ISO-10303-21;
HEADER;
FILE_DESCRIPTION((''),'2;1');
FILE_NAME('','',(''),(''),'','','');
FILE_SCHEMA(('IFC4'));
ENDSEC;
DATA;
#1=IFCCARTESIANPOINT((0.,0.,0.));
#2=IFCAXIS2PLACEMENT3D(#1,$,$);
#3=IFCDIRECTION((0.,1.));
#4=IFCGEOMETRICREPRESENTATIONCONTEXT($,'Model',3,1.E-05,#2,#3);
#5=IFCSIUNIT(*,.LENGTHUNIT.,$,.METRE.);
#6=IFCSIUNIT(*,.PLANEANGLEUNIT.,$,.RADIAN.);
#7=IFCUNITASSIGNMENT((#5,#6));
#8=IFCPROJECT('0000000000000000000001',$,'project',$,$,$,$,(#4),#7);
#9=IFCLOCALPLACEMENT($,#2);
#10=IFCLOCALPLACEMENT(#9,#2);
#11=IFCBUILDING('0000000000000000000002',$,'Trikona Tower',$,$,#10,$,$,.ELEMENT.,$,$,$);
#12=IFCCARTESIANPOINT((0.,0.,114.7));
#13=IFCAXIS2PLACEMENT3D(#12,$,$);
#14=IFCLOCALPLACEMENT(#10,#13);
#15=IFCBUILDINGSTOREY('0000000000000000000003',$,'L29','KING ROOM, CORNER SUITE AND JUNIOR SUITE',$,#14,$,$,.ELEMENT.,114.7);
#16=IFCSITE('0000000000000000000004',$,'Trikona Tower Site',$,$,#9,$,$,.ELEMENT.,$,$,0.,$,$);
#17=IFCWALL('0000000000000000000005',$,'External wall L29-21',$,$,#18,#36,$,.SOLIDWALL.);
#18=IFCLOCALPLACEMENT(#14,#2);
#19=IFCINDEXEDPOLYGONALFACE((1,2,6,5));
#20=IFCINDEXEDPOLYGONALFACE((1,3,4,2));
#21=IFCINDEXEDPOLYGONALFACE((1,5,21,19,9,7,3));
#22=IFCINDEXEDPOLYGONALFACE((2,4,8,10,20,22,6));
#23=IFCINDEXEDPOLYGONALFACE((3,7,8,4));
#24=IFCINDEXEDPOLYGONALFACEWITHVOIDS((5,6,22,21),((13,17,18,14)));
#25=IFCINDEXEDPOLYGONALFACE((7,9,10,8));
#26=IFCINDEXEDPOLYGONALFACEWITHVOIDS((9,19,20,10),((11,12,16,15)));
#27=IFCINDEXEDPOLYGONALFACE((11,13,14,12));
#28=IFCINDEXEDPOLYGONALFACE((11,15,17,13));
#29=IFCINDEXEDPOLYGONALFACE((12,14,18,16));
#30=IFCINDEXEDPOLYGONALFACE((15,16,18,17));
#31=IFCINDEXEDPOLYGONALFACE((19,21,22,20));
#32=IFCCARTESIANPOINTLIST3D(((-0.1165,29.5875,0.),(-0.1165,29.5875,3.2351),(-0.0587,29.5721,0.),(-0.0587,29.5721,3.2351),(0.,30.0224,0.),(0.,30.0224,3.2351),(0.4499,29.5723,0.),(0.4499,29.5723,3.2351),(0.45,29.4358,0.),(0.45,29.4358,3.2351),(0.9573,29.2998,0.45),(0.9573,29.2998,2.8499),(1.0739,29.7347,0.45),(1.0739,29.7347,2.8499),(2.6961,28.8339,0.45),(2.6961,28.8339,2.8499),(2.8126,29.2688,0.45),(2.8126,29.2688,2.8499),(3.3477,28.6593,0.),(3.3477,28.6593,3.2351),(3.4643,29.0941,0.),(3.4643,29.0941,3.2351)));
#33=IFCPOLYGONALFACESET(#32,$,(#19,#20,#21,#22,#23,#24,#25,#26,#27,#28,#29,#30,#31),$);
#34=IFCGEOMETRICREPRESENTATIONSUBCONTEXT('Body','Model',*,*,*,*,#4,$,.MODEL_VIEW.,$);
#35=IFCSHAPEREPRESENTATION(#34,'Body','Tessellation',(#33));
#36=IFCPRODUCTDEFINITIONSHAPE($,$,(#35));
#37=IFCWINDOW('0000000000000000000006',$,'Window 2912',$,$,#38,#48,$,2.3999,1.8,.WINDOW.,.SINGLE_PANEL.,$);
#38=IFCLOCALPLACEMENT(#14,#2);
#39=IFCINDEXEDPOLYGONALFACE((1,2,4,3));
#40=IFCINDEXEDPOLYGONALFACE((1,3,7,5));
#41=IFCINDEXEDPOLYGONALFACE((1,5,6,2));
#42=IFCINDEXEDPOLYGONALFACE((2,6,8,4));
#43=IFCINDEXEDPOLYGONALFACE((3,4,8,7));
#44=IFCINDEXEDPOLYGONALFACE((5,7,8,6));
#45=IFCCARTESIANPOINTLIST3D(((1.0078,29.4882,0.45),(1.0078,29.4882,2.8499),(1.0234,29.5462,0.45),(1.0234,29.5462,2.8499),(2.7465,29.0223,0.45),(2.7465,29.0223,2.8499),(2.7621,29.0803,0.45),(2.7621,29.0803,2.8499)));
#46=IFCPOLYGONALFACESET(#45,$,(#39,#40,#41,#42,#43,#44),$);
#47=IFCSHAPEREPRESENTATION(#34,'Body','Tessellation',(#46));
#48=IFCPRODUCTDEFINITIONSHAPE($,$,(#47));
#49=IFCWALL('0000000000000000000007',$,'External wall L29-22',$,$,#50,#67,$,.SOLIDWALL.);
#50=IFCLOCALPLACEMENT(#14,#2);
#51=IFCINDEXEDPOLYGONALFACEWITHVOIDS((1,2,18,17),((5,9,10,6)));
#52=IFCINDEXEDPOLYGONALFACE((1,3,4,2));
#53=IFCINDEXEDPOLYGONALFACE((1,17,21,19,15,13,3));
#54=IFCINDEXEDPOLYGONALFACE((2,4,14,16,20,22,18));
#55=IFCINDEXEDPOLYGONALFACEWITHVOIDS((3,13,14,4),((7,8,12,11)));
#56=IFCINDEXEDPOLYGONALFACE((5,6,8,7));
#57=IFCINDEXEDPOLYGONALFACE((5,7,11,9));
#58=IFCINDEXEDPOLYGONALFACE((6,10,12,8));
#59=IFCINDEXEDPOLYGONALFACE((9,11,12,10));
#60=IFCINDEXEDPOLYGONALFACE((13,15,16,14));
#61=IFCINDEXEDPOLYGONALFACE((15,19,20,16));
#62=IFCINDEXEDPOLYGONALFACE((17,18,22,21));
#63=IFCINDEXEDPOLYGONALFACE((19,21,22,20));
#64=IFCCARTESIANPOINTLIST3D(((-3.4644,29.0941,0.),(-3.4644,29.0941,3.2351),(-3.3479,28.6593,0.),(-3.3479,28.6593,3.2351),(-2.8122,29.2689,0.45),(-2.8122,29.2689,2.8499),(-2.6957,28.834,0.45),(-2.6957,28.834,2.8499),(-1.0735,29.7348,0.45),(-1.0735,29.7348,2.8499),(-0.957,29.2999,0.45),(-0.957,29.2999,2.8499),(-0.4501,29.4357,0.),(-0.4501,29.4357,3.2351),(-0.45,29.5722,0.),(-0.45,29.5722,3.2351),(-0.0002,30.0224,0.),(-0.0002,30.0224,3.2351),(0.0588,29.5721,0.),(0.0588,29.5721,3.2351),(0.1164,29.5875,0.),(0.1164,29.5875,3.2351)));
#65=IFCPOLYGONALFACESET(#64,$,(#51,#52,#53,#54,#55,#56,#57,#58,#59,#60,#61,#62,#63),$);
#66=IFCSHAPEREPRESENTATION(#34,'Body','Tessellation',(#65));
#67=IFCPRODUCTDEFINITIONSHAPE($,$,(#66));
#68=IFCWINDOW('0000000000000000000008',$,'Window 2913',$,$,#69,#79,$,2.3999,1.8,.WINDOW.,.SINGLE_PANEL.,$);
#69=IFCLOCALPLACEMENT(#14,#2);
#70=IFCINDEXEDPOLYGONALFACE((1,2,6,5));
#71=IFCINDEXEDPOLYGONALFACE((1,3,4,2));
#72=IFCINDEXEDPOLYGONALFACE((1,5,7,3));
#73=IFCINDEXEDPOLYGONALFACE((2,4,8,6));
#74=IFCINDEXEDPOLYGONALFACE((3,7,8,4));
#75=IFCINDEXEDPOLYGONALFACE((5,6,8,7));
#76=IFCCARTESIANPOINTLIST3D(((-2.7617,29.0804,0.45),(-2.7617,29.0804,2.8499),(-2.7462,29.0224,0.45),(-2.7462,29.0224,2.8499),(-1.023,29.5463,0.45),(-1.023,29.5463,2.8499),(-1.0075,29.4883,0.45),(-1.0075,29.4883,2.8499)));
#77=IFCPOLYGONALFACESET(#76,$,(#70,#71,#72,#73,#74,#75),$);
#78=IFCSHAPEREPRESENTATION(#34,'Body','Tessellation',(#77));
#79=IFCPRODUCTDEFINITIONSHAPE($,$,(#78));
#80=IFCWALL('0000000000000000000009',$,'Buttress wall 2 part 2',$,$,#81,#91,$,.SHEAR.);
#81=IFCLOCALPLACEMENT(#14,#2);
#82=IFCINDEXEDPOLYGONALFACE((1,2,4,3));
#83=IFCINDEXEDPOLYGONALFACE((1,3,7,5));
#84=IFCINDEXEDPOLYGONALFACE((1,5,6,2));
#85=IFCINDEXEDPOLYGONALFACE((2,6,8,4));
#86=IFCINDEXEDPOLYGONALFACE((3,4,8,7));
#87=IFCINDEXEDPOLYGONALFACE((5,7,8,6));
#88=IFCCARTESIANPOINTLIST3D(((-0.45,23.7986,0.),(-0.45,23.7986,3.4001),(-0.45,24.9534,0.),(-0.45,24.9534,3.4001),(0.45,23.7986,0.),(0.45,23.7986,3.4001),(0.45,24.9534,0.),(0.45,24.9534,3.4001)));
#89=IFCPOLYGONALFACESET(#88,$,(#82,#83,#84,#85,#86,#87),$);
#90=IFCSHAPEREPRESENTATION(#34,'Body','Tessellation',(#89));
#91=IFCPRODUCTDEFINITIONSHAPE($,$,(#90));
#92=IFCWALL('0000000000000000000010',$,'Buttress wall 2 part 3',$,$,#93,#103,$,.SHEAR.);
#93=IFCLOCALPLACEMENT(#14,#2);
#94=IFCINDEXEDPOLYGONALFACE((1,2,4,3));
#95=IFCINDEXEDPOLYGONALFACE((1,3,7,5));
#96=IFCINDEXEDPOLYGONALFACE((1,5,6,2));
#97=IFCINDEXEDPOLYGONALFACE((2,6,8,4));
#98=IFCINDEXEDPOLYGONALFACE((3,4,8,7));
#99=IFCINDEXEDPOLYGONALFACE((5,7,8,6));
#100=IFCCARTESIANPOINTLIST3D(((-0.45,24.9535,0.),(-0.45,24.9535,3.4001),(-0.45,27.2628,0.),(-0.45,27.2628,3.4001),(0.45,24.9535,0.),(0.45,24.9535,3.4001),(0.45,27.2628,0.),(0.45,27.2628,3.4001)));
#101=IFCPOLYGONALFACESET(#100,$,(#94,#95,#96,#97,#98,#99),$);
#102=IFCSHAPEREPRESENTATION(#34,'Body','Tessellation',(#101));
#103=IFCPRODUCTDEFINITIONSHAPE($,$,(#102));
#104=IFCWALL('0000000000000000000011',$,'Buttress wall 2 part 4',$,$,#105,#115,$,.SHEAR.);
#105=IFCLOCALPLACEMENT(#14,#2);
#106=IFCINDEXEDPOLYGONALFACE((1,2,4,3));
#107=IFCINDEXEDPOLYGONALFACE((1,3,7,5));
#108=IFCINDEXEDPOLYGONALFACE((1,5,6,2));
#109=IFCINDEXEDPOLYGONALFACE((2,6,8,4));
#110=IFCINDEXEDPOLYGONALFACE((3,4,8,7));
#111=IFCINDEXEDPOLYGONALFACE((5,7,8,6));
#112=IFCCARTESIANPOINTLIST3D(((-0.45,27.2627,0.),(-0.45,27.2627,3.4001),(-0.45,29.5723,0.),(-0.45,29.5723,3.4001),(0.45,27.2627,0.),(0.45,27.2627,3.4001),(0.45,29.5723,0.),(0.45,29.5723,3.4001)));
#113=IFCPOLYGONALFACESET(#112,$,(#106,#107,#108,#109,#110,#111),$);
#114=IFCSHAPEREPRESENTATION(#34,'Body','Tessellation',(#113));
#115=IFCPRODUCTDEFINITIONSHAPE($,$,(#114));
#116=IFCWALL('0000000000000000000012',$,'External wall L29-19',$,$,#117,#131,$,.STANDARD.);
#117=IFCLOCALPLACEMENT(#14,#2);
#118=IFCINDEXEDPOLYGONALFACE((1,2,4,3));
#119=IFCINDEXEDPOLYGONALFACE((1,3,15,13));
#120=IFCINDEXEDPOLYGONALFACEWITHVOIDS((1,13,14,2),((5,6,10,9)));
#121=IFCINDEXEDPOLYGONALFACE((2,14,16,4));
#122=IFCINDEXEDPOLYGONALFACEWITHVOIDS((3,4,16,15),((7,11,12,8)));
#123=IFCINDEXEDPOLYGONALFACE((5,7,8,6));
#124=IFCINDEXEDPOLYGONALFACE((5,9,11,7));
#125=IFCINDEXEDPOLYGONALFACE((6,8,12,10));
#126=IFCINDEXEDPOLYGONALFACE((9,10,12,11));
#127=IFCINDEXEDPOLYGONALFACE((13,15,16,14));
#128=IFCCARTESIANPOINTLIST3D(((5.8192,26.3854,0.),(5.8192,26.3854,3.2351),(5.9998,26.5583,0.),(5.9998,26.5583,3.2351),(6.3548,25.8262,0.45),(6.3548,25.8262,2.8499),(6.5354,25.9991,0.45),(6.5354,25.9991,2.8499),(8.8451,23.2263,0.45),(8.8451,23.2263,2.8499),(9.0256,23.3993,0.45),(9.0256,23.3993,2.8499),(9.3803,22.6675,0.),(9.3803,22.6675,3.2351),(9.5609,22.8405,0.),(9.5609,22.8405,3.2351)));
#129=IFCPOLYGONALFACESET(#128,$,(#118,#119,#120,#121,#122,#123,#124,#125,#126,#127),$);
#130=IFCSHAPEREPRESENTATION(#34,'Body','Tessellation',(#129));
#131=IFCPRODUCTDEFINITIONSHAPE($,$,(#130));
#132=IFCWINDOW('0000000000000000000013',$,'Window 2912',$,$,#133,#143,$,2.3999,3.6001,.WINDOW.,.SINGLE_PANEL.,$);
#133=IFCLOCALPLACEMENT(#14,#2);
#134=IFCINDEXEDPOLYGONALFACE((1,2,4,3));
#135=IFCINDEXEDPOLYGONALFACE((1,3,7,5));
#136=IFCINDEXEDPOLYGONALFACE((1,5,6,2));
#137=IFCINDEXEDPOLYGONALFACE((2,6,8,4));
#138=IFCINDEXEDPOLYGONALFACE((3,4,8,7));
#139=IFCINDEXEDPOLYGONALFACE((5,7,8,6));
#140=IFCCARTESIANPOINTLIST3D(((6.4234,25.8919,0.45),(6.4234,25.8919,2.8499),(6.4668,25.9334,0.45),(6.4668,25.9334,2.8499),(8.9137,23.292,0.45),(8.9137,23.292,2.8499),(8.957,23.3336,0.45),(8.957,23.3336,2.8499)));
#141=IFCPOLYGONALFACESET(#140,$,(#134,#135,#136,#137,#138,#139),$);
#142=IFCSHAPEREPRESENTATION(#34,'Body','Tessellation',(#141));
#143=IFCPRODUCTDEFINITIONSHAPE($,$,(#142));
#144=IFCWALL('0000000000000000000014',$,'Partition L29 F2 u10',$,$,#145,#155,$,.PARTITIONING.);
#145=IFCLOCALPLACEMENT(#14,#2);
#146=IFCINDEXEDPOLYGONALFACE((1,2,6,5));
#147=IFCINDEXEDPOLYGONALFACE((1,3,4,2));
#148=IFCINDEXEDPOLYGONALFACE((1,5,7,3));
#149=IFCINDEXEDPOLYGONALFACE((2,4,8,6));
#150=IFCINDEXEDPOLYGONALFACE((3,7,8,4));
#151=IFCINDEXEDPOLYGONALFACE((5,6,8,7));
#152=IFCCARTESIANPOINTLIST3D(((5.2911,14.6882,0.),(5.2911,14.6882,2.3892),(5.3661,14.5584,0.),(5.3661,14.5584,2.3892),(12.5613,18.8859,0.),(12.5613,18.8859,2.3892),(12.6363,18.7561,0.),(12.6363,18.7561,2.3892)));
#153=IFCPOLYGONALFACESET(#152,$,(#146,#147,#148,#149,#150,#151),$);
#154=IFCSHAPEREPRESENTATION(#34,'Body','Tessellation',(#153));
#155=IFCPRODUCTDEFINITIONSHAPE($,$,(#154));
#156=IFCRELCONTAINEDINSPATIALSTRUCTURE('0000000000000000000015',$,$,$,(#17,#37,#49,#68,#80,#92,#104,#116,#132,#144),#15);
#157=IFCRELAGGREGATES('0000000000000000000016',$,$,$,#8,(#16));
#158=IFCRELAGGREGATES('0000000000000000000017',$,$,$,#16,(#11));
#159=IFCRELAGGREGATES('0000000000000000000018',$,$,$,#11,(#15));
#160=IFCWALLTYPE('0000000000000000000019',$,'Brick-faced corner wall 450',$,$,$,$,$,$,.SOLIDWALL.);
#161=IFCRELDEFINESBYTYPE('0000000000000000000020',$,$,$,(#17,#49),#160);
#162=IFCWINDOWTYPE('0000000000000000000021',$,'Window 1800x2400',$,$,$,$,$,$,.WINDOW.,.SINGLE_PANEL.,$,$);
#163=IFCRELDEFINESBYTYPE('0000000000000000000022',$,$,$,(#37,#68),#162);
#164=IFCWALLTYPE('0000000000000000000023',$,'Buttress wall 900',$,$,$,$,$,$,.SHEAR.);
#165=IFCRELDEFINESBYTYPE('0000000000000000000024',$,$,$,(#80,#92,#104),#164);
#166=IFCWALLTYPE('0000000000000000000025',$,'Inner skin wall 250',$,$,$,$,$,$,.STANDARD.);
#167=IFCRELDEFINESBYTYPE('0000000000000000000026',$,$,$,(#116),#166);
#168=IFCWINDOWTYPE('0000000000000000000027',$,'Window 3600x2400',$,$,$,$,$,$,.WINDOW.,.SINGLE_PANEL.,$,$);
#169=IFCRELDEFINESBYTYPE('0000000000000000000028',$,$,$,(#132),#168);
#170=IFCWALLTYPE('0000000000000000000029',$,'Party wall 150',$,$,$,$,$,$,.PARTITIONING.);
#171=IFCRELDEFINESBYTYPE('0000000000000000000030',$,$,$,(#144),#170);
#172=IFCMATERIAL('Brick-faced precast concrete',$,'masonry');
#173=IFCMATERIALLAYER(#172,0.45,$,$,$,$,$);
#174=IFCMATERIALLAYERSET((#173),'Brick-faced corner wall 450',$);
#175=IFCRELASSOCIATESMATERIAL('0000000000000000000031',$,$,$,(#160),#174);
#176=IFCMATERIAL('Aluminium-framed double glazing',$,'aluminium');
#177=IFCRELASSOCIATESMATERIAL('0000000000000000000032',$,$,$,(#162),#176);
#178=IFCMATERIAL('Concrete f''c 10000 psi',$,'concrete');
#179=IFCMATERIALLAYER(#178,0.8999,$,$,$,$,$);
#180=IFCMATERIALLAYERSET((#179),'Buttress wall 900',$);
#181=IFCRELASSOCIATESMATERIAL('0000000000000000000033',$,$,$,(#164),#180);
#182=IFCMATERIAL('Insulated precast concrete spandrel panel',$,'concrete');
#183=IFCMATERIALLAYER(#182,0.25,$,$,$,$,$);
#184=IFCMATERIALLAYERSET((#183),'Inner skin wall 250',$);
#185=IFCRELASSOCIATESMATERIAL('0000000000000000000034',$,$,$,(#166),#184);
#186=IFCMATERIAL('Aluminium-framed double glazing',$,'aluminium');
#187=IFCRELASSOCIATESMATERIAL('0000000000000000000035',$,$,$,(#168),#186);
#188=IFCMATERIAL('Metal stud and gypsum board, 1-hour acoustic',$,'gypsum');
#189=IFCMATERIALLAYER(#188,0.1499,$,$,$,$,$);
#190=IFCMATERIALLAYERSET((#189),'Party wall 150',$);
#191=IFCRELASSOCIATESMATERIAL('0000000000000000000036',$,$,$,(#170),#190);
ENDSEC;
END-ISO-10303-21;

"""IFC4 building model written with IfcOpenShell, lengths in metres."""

from ifc_helpers import new_model, si_unit, direction, frame, frame_2d, origin, place, context, subcontext, project, spatial, polyline, rectangle, outline, extrude, material, layer, layer_set, type_object, element, fill, save


model = new_model("IFC4")

# Units and contexts
model_context = context("Model", 3, precision=1e-05, world=origin(), true_north=direction((0.0, 1.0)))
body_context = subcontext(model_context, "Body", "Model", "MODEL_VIEW")
ifc_project = project(units=[si_unit("LENGTHUNIT", "METRE"), si_unit("PLANEANGLEUNIT", "RADIAN")], contexts=[model_context])

# Site, building, storey
site_placement = place(None, origin())
site = spatial("IfcSite", under=ifc_project, at=site_placement, Name="Trikona Tower Site", CompositionType="ELEMENT", RefElevation=0.0)
building_placement = place(site_placement, origin())
building = spatial("IfcBuilding", under=site, at=building_placement, Name="Trikona Tower", CompositionType="ELEMENT")
storey_placement = place(building_placement, frame((0.0, 0.0, 114.7)))
storey = spatial("IfcBuildingStorey", under=building, at=storey_placement, Name="L29", Description="KING ROOM, CORNER SUITE AND JUNIOR SUITE", CompositionType="ELEMENT", Elevation=114.7)

# Walls, openings, windows
ifc_material_1 = material(Name="Brick-faced precast concrete", Category="masonry")
ifc_layer_1 = layer(ifc_material_1, 0.45)
ifc_layer_set_1 = layer_set([ifc_layer_1], Name="Brick-faced corner wall 450")
wall_type_1 = type_object("IfcWallType", Name="Brick-faced corner wall 450", PredefinedType="SOLIDWALL", material=ifc_layer_set_1)
wall_1_placement = place(storey_placement, frame((3.406, 28.8767, 0.0), z_axis=(0.0, 0.0, 1.0), x_axis=(-0.965925, 0.258823, 0.0)))
wall_1 = element("IfcWall", 1, at=wall_1_placement, inside=storey, type_object=wall_type_1, Name="External wall L29-21", PredefinedType="SOLIDWALL", context=body_context, shape_type="SweptSolid", body=[
    extrude(outline(polyline([(3.5864, 0.2251), (3.5266, 0.2251), (3.0354, 0.0933), (3.0, 0.2251), (0.0, 0.2251), (0.0, -0.2251), (3.5864, -0.2251), (3.5864, 0.2251)])), origin(), (0.0, 0.0, 1.0), 3.2351),
])
opening_1_placement = place(wall_1_placement, frame((0.6748, 0.0, 0.45)))
opening_1 = element("IfcOpeningElement", 2, at=opening_1_placement, cuts=wall_1, PredefinedType="OPENING", context=body_context, shape_type="SweptSolid", body=[
    extrude(rectangle(XDim=1.8, YDim=2.3999, at=frame_2d((0.8999, 1.2))), frame((0.0, 0.2349, 0.0), z_axis=(0.0, -1.0, 0.0), x_axis=(1.0, 0.0, 0.0)), (0.0, 0.0, 1.0), 0.47),
])
ifc_material_2 = material(Name="Aluminium-framed double glazing", Category="aluminium")
window_type_1 = type_object("IfcWindowType", Name="Window 1800x2400", PartitioningType="SINGLE_PANEL", PredefinedType="WINDOW", material=ifc_material_2)
window_1_placement = place(opening_1_placement, origin())
window_1 = element("IfcWindow", 3, at=window_1_placement, inside=storey, type_object=window_type_1, Name="Window 2912", OverallHeight=2.3999, OverallWidth=1.8, PartitioningType="SINGLE_PANEL", PredefinedType="WINDOW", context=body_context, shape_type="SweptSolid", body=[
    extrude(rectangle(XDim=1.8, YDim=2.3999, at=frame_2d((0.8999, 1.2))), frame((0.0, 0.03, 0.0), z_axis=(0.0, -1.0, 0.0), x_axis=(1.0, 0.0, 0.0)), (0.0, 0.0, 1.0), 0.0601),
])
fill(opening_1, window_1)
wall_2_placement = place(storey_placement, frame((0.0581, 29.8049, 0.0), z_axis=(0.0, 0.0, 1.0), x_axis=(-0.965925, -0.258823, 0.0)))
wall_2 = element("IfcWall", 4, at=wall_2_placement, inside=storey, type_object=wall_type_1, Name="External wall L29-22", PredefinedType="SOLIDWALL", context=body_context, shape_type="SweptSolid", body=[
    extrude(outline(polyline([(3.5864, 0.2251), (0.5864, 0.2251), (0.551, 0.0933), (0.0596, 0.2251), (0.0, 0.2251), (0.0, -0.2251), (3.5864, -0.2251), (3.5864, 0.2251)])), origin(), (0.0, 0.0, 1.0), 3.2351),
])
opening_2_placement = place(wall_2_placement, frame((1.1113, 0.0, 0.45)))
opening_2 = element("IfcOpeningElement", 5, at=opening_2_placement, cuts=wall_2, PredefinedType="OPENING", context=body_context, shape_type="SweptSolid", body=[
    extrude(rectangle(XDim=1.8, YDim=2.3999, at=frame_2d((0.8999, 1.2))), frame((0.0, 0.2349, 0.0), z_axis=(0.0, -1.0, 0.0), x_axis=(1.0, 0.0, 0.0)), (0.0, 0.0, 1.0), 0.47),
])
window_2_placement = place(opening_2_placement, origin())
window_2 = element("IfcWindow", 6, at=window_2_placement, inside=storey, type_object=window_type_1, Name="Window 2913", OverallHeight=2.3999, OverallWidth=1.8, PartitioningType="SINGLE_PANEL", PredefinedType="WINDOW", context=body_context, shape_type="SweptSolid", body=[
    extrude(rectangle(XDim=1.8, YDim=2.3999, at=frame_2d((0.8999, 1.2))), frame((0.0, 0.03, 0.0), z_axis=(0.0, -1.0, 0.0), x_axis=(1.0, 0.0, 0.0)), (0.0, 0.0, 1.0), 0.0601),
])
fill(opening_2, window_2)

# Walls
ifc_material_3 = material(Name="Concrete f'c 10000 psi", Category="concrete")
ifc_layer_2 = layer(ifc_material_3, 0.8999)
ifc_layer_set_2 = layer_set([ifc_layer_2], Name="Buttress wall 900")
wall_type_2 = type_object("IfcWallType", Name="Buttress wall 900", PredefinedType="SHEAR", material=ifc_layer_set_2)
wall_3_placement = place(storey_placement, frame((0.0, 23.7986, 0.0), z_axis=(0.0, 0.0, 1.0), x_axis=(0.0, 1.0, 0.0)))
element("IfcWall", 7, at=wall_3_placement, inside=storey, type_object=wall_type_2, Name="Buttress wall 2 part 2", PredefinedType="SHEAR", context=body_context, shape_type="SweptSolid", body=[
    extrude(rectangle(XDim=1.1548, YDim=0.8999, at=frame_2d((0.5774, 0.0))), origin(), (0.0, 0.0, 1.0), 3.4001),
])
wall_4_placement = place(storey_placement, frame((0.0, 24.9534, 0.0), z_axis=(0.0, 0.0, 1.0), x_axis=(0.0, 1.0, 0.0)))
element("IfcWall", 8, at=wall_4_placement, inside=storey, type_object=wall_type_2, Name="Buttress wall 2 part 3", PredefinedType="SHEAR", context=body_context, shape_type="SweptSolid", body=[
    extrude(rectangle(XDim=2.3093, YDim=0.8999, at=frame_2d((1.1548, 0.0))), origin(), (0.0, 0.0, 1.0), 3.4001),
])
wall_5_placement = place(storey_placement, frame((0.0, 27.2627, 0.0), z_axis=(0.0, 0.0, 1.0), x_axis=(0.0, 1.0, 0.0)))
element("IfcWall", 9, at=wall_5_placement, inside=storey, type_object=wall_type_2, Name="Buttress wall 2 part 4", PredefinedType="SHEAR", context=body_context, shape_type="SweptSolid", body=[
    extrude(rectangle(XDim=2.3096, YDim=0.8999, at=frame_2d((1.1548, 0.0))), origin(), (0.0, 0.0, 1.0), 3.4001),
])

# Wall, opening, window
ifc_material_4 = material(Name="Insulated precast concrete spandrel panel", Category="concrete")
ifc_layer_3 = layer(ifc_material_4, 0.25)
ifc_layer_set_3 = layer_set([ifc_layer_3], Name="Inner skin wall 250")
wall_type_3 = type_object("IfcWallType", Name="Inner skin wall 250", PredefinedType="STANDARD", material=ifc_layer_set_3)
wall_6_placement = place(storey_placement, frame((9.4707, 22.7539, 0.0), z_axis=(0.0, 0.0, 1.0), x_axis=(-0.69172, 0.722166, 0.0)))
wall_6 = element("IfcWall", 10, at=wall_6_placement, inside=storey, type_object=wall_type_3, Name="External wall L29-19", PredefinedType="STANDARD", context=body_context, shape_type="SweptSolid", body=[
    extrude(rectangle(XDim=5.1482, YDim=0.25, at=frame_2d((2.5742, 0.0))), origin(), (0.0, 0.0, 1.0), 3.2351),
])
opening_3_placement = place(wall_6_placement, frame((0.7739, 0.0, 0.45)))
opening_3 = element("IfcOpeningElement", 11, at=opening_3_placement, cuts=wall_6, PredefinedType="OPENING", context=body_context, shape_type="SweptSolid", body=[
    extrude(rectangle(XDim=3.6001, YDim=2.3999, at=frame_2d((1.8, 1.2))), frame((0.0, 0.135, 0.0), z_axis=(0.0, -1.0, 0.0), x_axis=(1.0, 0.0, 0.0)), (0.0, 0.0, 1.0), 0.27),
])
ifc_material_5 = material(Name="Aluminium-framed double glazing", Category="aluminium")
window_type_2 = type_object("IfcWindowType", Name="Window 3600x2400", PartitioningType="SINGLE_PANEL", PredefinedType="WINDOW", material=ifc_material_5)
window_3_placement = place(opening_3_placement, origin())
window_3 = element("IfcWindow", 12, at=window_3_placement, inside=storey, type_object=window_type_2, Name="Window 2912", OverallHeight=2.3999, OverallWidth=3.6001, PartitioningType="SINGLE_PANEL", PredefinedType="WINDOW", context=body_context, shape_type="SweptSolid", body=[
    extrude(rectangle(XDim=3.6001, YDim=2.3999, at=frame_2d((1.8, 1.2))), frame((0.0, 0.03, 0.0), z_axis=(0.0, -1.0, 0.0), x_axis=(1.0, 0.0, 0.0)), (0.0, 0.0, 1.0), 0.0601),
])
fill(opening_3, window_3)

# Wall
ifc_material_6 = material(Name="Metal stud and gypsum board, 1-hour acoustic", Category="gypsum")
ifc_layer_4 = layer(ifc_material_6, 0.1499)
ifc_layer_set_4 = layer_set([ifc_layer_4], Name="Party wall 150")
wall_type_4 = type_object("IfcWallType", Name="Party wall 150", PredefinedType="PARTITIONING", material=ifc_layer_set_4)
wall_7_placement = place(storey_placement, frame((5.3286, 14.6233, 0.0), z_axis=(0.0, 0.0, 1.0), x_axis=(0.866012, 0.500024, 0.0)))
element("IfcWall", 13, at=wall_7_placement, inside=storey, type_object=wall_type_4, Name="Partition L29 F2 u10", PredefinedType="PARTITIONING", context=body_context, shape_type="SweptSolid", body=[
    extrude(rectangle(XDim=8.395, YDim=0.1499, at=frame_2d((4.1975, 0.0))), origin(), (0.0, 0.0, 1.0), 2.3892),
])

save(model, "model.ifc")
